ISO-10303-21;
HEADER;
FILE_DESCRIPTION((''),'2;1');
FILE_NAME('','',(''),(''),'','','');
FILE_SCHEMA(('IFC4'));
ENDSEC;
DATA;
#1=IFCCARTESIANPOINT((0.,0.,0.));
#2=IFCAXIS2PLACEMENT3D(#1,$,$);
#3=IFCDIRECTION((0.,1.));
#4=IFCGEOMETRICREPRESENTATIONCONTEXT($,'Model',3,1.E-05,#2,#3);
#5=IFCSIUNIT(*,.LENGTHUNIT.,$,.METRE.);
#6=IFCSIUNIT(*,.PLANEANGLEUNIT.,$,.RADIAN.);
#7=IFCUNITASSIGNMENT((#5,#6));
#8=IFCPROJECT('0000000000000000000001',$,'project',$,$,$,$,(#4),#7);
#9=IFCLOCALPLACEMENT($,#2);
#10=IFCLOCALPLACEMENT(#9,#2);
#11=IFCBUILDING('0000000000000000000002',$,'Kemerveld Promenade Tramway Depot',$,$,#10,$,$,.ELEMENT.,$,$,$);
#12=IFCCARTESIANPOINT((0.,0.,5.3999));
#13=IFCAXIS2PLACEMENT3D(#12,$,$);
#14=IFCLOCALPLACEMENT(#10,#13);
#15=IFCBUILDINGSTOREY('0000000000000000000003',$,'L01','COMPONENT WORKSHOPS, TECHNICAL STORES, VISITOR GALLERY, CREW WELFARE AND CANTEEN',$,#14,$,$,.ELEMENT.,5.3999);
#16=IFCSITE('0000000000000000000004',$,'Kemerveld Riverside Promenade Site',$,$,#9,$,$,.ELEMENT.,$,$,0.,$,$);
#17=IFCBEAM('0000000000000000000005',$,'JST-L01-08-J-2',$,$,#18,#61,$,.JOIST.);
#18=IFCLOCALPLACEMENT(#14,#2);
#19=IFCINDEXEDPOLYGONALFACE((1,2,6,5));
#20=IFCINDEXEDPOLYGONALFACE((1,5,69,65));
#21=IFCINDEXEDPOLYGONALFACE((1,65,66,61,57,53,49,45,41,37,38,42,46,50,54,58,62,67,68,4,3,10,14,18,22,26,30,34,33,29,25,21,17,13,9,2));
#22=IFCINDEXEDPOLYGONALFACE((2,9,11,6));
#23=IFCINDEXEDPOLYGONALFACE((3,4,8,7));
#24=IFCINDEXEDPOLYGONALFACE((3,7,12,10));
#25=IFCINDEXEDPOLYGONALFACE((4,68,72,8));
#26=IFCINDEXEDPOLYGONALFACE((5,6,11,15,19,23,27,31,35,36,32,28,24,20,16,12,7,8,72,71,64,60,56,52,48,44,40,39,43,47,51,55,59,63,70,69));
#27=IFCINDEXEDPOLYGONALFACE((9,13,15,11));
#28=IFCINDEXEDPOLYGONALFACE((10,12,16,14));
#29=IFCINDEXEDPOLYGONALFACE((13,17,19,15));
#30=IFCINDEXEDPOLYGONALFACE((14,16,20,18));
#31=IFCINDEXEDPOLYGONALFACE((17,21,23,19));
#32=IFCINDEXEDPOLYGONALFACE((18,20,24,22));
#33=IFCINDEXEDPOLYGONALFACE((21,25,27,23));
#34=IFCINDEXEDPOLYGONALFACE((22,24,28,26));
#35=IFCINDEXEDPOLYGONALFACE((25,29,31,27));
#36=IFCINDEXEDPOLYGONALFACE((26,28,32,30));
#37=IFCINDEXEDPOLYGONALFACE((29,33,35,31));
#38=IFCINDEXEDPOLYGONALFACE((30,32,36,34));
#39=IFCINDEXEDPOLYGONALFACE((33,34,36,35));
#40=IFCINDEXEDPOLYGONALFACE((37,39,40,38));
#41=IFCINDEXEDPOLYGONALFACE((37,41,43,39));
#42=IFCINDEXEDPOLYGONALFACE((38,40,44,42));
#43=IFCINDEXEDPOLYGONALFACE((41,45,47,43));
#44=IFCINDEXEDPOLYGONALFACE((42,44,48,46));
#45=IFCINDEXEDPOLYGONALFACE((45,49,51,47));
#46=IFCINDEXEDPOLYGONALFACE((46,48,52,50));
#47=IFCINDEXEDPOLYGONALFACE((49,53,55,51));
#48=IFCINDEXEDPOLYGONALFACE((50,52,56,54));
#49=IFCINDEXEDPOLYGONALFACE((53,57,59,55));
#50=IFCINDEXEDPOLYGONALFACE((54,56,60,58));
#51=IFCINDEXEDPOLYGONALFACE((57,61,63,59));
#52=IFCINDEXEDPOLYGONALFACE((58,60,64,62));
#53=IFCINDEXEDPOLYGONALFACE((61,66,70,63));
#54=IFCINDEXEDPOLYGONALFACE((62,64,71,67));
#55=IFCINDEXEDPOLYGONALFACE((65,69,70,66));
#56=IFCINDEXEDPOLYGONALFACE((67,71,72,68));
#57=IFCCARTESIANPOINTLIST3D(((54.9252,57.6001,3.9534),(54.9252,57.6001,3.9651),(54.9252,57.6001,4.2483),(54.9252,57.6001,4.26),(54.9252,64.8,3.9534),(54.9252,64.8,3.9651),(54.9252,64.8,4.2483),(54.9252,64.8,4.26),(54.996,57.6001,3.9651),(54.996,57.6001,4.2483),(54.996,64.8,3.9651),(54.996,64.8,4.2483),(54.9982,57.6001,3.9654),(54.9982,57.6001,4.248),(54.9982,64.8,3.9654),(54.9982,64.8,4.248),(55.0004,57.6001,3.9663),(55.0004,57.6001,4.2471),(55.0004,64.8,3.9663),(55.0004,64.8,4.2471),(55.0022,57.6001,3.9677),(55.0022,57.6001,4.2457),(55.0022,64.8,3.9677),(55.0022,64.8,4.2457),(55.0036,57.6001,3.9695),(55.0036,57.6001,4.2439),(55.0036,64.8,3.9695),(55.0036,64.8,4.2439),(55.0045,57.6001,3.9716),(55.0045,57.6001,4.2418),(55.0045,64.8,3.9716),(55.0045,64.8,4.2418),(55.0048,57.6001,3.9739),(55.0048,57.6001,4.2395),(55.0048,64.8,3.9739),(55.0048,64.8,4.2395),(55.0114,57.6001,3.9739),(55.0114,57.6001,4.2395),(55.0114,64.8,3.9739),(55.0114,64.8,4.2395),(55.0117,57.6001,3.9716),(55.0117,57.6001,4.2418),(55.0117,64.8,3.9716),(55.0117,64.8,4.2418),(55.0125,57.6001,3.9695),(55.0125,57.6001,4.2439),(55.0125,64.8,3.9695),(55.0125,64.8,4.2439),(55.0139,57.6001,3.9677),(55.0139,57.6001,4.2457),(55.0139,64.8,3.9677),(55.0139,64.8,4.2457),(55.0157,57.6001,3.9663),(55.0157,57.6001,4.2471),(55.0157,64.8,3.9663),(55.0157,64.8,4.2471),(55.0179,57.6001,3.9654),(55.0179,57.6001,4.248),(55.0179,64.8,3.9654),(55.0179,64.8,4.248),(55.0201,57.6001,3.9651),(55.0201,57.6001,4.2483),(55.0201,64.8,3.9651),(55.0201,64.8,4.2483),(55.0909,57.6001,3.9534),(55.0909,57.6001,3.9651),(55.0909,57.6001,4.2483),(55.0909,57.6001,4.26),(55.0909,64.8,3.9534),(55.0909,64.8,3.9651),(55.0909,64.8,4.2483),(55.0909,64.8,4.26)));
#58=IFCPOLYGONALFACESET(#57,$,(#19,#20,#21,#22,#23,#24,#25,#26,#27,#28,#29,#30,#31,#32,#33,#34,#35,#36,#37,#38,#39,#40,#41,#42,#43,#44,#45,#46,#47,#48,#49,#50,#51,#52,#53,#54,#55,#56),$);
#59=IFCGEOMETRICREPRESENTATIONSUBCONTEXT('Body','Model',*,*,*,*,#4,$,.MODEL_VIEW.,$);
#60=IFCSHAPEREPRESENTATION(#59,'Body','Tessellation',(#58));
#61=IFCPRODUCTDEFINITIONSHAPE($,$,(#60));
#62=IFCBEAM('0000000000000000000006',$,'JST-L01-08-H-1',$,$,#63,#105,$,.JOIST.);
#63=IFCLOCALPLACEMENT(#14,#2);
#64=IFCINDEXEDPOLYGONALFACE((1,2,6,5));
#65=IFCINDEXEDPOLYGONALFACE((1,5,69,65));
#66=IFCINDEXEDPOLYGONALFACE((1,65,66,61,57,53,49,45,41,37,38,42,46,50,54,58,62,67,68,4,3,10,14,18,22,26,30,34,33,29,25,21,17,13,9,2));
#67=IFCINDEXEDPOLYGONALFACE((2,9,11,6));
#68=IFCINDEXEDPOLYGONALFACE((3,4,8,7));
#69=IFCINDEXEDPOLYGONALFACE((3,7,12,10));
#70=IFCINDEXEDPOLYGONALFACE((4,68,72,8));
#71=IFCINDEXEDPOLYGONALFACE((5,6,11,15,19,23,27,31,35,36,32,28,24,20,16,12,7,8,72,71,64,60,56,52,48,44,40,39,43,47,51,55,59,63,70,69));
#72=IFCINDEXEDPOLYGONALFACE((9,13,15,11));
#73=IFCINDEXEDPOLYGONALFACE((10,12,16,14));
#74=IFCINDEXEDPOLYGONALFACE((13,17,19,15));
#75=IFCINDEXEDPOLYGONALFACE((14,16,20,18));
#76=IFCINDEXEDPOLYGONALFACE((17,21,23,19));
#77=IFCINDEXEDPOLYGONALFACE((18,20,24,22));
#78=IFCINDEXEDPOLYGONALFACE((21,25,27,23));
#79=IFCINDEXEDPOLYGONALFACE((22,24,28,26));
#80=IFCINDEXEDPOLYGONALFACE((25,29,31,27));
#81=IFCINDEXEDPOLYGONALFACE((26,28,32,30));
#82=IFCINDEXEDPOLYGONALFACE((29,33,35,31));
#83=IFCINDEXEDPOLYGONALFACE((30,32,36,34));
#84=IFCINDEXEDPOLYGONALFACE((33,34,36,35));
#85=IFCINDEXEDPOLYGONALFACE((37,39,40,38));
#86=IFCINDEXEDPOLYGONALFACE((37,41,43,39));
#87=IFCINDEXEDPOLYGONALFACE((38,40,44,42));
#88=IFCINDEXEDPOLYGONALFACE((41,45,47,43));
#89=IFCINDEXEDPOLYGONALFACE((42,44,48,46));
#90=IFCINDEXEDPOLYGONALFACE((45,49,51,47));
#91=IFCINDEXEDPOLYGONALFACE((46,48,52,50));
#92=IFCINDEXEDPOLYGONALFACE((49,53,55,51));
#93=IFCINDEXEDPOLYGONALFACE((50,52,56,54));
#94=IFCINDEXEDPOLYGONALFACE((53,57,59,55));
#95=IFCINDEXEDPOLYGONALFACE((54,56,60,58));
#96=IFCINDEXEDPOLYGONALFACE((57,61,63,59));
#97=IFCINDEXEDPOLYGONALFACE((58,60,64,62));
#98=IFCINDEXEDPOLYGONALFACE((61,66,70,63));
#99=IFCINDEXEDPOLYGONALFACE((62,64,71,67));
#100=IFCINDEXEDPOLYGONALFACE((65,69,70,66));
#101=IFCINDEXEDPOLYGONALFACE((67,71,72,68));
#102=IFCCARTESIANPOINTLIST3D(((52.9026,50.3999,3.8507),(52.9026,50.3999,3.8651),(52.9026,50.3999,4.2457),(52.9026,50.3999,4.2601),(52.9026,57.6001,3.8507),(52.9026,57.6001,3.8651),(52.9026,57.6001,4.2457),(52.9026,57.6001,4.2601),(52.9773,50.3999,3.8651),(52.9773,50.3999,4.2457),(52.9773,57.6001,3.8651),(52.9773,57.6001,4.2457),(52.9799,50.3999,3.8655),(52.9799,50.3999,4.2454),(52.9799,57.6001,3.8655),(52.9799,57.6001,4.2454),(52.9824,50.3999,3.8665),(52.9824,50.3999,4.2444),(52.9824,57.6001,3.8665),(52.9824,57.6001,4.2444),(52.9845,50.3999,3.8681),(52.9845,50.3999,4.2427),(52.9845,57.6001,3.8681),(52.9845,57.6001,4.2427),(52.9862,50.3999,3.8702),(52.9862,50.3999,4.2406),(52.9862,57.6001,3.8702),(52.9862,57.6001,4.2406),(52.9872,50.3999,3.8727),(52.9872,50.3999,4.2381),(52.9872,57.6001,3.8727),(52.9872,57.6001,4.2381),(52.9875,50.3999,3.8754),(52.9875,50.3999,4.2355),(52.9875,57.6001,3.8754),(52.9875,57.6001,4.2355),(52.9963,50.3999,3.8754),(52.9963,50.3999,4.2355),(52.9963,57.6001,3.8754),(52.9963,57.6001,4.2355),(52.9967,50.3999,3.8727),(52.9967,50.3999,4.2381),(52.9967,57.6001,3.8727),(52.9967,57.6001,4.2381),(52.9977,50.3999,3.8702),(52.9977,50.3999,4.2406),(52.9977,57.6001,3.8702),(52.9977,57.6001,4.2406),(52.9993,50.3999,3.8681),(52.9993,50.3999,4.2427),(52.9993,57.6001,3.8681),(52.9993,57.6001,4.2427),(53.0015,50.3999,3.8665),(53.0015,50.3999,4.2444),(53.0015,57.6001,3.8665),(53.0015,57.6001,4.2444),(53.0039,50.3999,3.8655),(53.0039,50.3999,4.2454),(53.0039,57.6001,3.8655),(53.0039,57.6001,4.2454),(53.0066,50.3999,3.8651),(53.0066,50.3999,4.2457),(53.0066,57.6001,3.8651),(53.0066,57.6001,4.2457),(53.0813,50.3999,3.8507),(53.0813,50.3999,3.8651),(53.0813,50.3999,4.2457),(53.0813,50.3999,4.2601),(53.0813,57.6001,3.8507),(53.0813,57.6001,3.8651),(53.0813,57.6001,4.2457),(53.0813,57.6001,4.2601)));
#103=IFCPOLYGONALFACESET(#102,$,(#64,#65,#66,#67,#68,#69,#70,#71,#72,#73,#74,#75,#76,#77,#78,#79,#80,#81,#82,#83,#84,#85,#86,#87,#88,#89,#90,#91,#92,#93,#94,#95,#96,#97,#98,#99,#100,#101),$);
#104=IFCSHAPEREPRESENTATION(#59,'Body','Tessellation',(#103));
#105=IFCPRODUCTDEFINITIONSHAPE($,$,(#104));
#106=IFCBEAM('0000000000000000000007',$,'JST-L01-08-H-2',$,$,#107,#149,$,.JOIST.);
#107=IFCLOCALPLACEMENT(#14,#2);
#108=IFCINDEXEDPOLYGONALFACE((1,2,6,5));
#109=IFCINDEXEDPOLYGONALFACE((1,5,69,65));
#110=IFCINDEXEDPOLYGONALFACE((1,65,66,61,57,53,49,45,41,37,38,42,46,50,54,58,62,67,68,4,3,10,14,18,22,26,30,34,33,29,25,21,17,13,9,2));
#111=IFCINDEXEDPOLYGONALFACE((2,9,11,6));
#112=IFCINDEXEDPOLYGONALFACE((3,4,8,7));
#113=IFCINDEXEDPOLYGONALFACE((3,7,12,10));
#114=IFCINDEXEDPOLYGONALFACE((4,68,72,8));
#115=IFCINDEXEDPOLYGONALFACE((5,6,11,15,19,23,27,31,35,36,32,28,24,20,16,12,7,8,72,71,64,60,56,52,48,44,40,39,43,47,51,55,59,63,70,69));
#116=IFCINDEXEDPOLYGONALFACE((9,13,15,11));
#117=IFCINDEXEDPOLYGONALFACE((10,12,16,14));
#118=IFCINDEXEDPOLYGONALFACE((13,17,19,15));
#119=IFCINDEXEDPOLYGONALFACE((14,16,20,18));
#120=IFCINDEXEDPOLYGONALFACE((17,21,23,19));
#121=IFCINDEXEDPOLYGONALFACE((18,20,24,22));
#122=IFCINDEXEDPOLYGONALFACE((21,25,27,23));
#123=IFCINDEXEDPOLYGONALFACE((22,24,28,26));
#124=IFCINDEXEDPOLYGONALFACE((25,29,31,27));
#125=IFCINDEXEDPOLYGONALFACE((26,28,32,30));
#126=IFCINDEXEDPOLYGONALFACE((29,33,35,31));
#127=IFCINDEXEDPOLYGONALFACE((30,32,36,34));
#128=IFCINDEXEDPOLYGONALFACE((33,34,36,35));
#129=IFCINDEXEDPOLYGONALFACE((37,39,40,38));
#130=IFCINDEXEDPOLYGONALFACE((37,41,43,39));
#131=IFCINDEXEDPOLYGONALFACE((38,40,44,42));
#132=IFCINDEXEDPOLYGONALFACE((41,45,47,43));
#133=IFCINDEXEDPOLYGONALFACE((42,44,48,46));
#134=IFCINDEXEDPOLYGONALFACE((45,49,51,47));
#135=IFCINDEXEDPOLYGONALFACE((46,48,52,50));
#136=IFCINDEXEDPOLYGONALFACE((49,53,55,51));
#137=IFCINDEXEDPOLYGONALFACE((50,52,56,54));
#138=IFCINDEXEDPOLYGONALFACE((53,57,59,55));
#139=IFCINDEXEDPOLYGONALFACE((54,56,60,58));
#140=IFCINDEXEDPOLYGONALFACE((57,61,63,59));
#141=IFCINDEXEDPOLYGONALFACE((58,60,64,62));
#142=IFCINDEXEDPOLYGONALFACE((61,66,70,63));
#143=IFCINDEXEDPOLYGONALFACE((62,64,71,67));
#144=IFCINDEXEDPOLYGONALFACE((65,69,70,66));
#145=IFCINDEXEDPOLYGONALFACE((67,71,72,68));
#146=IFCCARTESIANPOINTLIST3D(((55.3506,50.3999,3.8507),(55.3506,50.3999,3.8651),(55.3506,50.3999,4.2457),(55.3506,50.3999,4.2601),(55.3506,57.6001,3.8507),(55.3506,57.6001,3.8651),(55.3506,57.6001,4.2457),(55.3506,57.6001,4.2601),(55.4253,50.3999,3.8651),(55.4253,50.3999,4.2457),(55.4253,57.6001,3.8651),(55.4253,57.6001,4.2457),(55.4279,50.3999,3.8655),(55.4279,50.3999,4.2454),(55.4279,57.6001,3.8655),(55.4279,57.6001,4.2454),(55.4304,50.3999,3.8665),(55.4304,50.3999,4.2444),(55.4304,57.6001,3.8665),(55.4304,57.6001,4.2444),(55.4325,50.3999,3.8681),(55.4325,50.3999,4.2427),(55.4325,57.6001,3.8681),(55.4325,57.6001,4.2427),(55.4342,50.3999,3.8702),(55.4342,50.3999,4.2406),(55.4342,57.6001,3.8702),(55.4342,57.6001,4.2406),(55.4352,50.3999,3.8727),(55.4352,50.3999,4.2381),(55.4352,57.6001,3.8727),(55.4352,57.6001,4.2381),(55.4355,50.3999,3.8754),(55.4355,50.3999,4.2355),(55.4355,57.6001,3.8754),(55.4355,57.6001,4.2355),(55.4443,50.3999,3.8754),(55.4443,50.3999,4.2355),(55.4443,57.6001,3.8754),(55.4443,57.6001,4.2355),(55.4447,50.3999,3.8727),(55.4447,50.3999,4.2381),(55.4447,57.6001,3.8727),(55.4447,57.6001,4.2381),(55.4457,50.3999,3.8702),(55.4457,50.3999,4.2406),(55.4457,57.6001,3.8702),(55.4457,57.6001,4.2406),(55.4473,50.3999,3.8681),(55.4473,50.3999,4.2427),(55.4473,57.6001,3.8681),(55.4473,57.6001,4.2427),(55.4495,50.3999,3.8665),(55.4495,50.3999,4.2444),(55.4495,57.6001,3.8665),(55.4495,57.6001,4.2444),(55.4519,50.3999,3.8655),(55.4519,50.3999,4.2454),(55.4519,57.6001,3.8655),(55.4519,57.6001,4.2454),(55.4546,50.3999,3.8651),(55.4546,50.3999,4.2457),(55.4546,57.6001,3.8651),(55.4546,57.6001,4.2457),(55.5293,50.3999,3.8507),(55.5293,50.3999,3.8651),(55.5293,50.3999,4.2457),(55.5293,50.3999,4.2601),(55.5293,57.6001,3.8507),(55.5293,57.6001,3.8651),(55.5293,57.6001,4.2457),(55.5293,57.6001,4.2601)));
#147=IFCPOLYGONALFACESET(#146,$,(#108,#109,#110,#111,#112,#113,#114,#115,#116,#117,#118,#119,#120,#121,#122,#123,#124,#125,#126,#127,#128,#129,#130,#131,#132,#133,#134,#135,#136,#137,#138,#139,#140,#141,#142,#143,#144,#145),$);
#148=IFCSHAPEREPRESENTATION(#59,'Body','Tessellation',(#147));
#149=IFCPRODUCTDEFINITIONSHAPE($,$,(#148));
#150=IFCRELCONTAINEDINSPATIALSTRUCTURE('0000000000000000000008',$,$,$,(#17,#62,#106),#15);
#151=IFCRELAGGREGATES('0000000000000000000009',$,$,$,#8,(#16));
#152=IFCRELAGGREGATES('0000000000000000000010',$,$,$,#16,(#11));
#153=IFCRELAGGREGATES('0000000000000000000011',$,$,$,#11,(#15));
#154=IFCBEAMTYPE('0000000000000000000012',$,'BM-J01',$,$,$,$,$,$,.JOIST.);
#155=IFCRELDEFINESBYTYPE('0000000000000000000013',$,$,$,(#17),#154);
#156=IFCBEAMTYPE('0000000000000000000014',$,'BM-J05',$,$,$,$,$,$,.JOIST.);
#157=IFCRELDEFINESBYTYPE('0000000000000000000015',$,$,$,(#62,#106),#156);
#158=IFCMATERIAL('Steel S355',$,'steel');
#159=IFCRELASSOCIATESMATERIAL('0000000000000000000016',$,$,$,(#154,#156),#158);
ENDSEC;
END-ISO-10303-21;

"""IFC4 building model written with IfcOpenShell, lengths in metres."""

from ifc_helpers import new_model, si_unit, direction, frame, origin, origin_2d, place, context, subcontext, project, spatial, i_section, extrude, material, material_profile, profile_set, type_object, element, save


model = new_model("IFC4")

# Units and contexts
model_context = context("Model", 3, precision=1e-05, world=origin(), true_north=direction((0.0, 1.0)))
body_context = subcontext(model_context, "Body", "Model", "MODEL_VIEW")
ifc_project = project(units=[si_unit("LENGTHUNIT", "METRE"), si_unit("PLANEANGLEUNIT", "RADIAN")], contexts=[model_context])

# Site, building, storey
site_placement = place(None, origin())
site = spatial("IfcSite", under=ifc_project, at=site_placement, Name="Kemerveld Riverside Promenade Site", CompositionType="ELEMENT", RefElevation=0.0)
building_placement = place(site_placement, origin())
building = spatial("IfcBuilding", under=site, at=building_placement, Name="Kemerveld Promenade Tramway Depot", CompositionType="ELEMENT")
storey_placement = place(building_placement, frame((0.0, 0.0, 5.3999)))
storey = spatial("IfcBuildingStorey", under=building, at=storey_placement, Name="L01", Description="COMPONENT WORKSHOPS, TECHNICAL STORES, VISITOR GALLERY, CREW WELFARE AND CANTEEN", CompositionType="ELEMENT", Elevation=5.3999)

# Shared definitions
ifc_material_1 = material(Name="Steel S355", Category="steel")

# Beams
ifc_material_profile_1 = material_profile(ifc_material_1, i_section(OverallWidth=0.1658, OverallDepth=0.3066, WebThickness=0.0066, FlangeThickness=0.0117, FilletRadius=0.0088, at=origin_2d()), Name="305x165x46 UB")
ifc_profile_set_1 = profile_set([ifc_material_profile_1], Name="Steel S355")
beam_type_1 = type_object("IfcBeamType", Name="BM-J01", PredefinedType="JOIST", material=ifc_profile_set_1)
for number, where, z_axis, x_axis, name in (
    (1, (55.0081, 57.6001, 4.1067), (0.0, 1.0, 0.0), (-1.0, 0.0, 0.0), "JST-L01-08-J-2"),
):
    element("IfcBeam", number, at=place(storey_placement, frame(where, z_axis=z_axis, x_axis=x_axis)), inside=storey, type_object=beam_type_1, Name=name, PredefinedType="JOIST", context=body_context, shape_type="SweptSolid", body=[
        extrude(i_section(OverallWidth=0.1658, OverallDepth=0.3066, WebThickness=0.0066, FlangeThickness=0.0117, FilletRadius=0.0088, at=origin_2d()), origin(), (0.0, 0.0, 1.0), 7.2),
    ])
ifc_material_profile_2 = material_profile(ifc_material_1, i_section(OverallWidth=0.1787, OverallDepth=0.4094, WebThickness=0.0088, FlangeThickness=0.0144, FilletRadius=0.0103, at=origin_2d()), Name="406x178x67 UB")
ifc_profile_set_2 = profile_set([ifc_material_profile_2], Name="Steel S355")
beam_type_2 = type_object("IfcBeamType", Name="BM-J05", PredefinedType="JOIST", material=ifc_profile_set_2)
for number, where, z_axis, x_axis, name in (
    (2, (52.9919, 50.3999, 4.0554), (0.0, 1.0, 0.0), (-1.0, 0.0, 0.0), "JST-L01-08-H-1"),
    (3, (55.4399, 50.3999, 4.0554), (0.0, 1.0, 0.0), (-1.0, 0.0, 0.0), "JST-L01-08-H-2"),
):
    element("IfcBeam", number, at=place(storey_placement, frame(where, z_axis=z_axis, x_axis=x_axis)), inside=storey, type_object=beam_type_2, Name=name, PredefinedType="JOIST", context=body_context, shape_type="SweptSolid", body=[
        extrude(i_section(OverallWidth=0.1787, OverallDepth=0.4094, WebThickness=0.0088, FlangeThickness=0.0144, FilletRadius=0.0103, at=origin_2d()), origin(), (0.0, 0.0, 1.0), 7.2002),
    ])

save(model, "model.ifc")
